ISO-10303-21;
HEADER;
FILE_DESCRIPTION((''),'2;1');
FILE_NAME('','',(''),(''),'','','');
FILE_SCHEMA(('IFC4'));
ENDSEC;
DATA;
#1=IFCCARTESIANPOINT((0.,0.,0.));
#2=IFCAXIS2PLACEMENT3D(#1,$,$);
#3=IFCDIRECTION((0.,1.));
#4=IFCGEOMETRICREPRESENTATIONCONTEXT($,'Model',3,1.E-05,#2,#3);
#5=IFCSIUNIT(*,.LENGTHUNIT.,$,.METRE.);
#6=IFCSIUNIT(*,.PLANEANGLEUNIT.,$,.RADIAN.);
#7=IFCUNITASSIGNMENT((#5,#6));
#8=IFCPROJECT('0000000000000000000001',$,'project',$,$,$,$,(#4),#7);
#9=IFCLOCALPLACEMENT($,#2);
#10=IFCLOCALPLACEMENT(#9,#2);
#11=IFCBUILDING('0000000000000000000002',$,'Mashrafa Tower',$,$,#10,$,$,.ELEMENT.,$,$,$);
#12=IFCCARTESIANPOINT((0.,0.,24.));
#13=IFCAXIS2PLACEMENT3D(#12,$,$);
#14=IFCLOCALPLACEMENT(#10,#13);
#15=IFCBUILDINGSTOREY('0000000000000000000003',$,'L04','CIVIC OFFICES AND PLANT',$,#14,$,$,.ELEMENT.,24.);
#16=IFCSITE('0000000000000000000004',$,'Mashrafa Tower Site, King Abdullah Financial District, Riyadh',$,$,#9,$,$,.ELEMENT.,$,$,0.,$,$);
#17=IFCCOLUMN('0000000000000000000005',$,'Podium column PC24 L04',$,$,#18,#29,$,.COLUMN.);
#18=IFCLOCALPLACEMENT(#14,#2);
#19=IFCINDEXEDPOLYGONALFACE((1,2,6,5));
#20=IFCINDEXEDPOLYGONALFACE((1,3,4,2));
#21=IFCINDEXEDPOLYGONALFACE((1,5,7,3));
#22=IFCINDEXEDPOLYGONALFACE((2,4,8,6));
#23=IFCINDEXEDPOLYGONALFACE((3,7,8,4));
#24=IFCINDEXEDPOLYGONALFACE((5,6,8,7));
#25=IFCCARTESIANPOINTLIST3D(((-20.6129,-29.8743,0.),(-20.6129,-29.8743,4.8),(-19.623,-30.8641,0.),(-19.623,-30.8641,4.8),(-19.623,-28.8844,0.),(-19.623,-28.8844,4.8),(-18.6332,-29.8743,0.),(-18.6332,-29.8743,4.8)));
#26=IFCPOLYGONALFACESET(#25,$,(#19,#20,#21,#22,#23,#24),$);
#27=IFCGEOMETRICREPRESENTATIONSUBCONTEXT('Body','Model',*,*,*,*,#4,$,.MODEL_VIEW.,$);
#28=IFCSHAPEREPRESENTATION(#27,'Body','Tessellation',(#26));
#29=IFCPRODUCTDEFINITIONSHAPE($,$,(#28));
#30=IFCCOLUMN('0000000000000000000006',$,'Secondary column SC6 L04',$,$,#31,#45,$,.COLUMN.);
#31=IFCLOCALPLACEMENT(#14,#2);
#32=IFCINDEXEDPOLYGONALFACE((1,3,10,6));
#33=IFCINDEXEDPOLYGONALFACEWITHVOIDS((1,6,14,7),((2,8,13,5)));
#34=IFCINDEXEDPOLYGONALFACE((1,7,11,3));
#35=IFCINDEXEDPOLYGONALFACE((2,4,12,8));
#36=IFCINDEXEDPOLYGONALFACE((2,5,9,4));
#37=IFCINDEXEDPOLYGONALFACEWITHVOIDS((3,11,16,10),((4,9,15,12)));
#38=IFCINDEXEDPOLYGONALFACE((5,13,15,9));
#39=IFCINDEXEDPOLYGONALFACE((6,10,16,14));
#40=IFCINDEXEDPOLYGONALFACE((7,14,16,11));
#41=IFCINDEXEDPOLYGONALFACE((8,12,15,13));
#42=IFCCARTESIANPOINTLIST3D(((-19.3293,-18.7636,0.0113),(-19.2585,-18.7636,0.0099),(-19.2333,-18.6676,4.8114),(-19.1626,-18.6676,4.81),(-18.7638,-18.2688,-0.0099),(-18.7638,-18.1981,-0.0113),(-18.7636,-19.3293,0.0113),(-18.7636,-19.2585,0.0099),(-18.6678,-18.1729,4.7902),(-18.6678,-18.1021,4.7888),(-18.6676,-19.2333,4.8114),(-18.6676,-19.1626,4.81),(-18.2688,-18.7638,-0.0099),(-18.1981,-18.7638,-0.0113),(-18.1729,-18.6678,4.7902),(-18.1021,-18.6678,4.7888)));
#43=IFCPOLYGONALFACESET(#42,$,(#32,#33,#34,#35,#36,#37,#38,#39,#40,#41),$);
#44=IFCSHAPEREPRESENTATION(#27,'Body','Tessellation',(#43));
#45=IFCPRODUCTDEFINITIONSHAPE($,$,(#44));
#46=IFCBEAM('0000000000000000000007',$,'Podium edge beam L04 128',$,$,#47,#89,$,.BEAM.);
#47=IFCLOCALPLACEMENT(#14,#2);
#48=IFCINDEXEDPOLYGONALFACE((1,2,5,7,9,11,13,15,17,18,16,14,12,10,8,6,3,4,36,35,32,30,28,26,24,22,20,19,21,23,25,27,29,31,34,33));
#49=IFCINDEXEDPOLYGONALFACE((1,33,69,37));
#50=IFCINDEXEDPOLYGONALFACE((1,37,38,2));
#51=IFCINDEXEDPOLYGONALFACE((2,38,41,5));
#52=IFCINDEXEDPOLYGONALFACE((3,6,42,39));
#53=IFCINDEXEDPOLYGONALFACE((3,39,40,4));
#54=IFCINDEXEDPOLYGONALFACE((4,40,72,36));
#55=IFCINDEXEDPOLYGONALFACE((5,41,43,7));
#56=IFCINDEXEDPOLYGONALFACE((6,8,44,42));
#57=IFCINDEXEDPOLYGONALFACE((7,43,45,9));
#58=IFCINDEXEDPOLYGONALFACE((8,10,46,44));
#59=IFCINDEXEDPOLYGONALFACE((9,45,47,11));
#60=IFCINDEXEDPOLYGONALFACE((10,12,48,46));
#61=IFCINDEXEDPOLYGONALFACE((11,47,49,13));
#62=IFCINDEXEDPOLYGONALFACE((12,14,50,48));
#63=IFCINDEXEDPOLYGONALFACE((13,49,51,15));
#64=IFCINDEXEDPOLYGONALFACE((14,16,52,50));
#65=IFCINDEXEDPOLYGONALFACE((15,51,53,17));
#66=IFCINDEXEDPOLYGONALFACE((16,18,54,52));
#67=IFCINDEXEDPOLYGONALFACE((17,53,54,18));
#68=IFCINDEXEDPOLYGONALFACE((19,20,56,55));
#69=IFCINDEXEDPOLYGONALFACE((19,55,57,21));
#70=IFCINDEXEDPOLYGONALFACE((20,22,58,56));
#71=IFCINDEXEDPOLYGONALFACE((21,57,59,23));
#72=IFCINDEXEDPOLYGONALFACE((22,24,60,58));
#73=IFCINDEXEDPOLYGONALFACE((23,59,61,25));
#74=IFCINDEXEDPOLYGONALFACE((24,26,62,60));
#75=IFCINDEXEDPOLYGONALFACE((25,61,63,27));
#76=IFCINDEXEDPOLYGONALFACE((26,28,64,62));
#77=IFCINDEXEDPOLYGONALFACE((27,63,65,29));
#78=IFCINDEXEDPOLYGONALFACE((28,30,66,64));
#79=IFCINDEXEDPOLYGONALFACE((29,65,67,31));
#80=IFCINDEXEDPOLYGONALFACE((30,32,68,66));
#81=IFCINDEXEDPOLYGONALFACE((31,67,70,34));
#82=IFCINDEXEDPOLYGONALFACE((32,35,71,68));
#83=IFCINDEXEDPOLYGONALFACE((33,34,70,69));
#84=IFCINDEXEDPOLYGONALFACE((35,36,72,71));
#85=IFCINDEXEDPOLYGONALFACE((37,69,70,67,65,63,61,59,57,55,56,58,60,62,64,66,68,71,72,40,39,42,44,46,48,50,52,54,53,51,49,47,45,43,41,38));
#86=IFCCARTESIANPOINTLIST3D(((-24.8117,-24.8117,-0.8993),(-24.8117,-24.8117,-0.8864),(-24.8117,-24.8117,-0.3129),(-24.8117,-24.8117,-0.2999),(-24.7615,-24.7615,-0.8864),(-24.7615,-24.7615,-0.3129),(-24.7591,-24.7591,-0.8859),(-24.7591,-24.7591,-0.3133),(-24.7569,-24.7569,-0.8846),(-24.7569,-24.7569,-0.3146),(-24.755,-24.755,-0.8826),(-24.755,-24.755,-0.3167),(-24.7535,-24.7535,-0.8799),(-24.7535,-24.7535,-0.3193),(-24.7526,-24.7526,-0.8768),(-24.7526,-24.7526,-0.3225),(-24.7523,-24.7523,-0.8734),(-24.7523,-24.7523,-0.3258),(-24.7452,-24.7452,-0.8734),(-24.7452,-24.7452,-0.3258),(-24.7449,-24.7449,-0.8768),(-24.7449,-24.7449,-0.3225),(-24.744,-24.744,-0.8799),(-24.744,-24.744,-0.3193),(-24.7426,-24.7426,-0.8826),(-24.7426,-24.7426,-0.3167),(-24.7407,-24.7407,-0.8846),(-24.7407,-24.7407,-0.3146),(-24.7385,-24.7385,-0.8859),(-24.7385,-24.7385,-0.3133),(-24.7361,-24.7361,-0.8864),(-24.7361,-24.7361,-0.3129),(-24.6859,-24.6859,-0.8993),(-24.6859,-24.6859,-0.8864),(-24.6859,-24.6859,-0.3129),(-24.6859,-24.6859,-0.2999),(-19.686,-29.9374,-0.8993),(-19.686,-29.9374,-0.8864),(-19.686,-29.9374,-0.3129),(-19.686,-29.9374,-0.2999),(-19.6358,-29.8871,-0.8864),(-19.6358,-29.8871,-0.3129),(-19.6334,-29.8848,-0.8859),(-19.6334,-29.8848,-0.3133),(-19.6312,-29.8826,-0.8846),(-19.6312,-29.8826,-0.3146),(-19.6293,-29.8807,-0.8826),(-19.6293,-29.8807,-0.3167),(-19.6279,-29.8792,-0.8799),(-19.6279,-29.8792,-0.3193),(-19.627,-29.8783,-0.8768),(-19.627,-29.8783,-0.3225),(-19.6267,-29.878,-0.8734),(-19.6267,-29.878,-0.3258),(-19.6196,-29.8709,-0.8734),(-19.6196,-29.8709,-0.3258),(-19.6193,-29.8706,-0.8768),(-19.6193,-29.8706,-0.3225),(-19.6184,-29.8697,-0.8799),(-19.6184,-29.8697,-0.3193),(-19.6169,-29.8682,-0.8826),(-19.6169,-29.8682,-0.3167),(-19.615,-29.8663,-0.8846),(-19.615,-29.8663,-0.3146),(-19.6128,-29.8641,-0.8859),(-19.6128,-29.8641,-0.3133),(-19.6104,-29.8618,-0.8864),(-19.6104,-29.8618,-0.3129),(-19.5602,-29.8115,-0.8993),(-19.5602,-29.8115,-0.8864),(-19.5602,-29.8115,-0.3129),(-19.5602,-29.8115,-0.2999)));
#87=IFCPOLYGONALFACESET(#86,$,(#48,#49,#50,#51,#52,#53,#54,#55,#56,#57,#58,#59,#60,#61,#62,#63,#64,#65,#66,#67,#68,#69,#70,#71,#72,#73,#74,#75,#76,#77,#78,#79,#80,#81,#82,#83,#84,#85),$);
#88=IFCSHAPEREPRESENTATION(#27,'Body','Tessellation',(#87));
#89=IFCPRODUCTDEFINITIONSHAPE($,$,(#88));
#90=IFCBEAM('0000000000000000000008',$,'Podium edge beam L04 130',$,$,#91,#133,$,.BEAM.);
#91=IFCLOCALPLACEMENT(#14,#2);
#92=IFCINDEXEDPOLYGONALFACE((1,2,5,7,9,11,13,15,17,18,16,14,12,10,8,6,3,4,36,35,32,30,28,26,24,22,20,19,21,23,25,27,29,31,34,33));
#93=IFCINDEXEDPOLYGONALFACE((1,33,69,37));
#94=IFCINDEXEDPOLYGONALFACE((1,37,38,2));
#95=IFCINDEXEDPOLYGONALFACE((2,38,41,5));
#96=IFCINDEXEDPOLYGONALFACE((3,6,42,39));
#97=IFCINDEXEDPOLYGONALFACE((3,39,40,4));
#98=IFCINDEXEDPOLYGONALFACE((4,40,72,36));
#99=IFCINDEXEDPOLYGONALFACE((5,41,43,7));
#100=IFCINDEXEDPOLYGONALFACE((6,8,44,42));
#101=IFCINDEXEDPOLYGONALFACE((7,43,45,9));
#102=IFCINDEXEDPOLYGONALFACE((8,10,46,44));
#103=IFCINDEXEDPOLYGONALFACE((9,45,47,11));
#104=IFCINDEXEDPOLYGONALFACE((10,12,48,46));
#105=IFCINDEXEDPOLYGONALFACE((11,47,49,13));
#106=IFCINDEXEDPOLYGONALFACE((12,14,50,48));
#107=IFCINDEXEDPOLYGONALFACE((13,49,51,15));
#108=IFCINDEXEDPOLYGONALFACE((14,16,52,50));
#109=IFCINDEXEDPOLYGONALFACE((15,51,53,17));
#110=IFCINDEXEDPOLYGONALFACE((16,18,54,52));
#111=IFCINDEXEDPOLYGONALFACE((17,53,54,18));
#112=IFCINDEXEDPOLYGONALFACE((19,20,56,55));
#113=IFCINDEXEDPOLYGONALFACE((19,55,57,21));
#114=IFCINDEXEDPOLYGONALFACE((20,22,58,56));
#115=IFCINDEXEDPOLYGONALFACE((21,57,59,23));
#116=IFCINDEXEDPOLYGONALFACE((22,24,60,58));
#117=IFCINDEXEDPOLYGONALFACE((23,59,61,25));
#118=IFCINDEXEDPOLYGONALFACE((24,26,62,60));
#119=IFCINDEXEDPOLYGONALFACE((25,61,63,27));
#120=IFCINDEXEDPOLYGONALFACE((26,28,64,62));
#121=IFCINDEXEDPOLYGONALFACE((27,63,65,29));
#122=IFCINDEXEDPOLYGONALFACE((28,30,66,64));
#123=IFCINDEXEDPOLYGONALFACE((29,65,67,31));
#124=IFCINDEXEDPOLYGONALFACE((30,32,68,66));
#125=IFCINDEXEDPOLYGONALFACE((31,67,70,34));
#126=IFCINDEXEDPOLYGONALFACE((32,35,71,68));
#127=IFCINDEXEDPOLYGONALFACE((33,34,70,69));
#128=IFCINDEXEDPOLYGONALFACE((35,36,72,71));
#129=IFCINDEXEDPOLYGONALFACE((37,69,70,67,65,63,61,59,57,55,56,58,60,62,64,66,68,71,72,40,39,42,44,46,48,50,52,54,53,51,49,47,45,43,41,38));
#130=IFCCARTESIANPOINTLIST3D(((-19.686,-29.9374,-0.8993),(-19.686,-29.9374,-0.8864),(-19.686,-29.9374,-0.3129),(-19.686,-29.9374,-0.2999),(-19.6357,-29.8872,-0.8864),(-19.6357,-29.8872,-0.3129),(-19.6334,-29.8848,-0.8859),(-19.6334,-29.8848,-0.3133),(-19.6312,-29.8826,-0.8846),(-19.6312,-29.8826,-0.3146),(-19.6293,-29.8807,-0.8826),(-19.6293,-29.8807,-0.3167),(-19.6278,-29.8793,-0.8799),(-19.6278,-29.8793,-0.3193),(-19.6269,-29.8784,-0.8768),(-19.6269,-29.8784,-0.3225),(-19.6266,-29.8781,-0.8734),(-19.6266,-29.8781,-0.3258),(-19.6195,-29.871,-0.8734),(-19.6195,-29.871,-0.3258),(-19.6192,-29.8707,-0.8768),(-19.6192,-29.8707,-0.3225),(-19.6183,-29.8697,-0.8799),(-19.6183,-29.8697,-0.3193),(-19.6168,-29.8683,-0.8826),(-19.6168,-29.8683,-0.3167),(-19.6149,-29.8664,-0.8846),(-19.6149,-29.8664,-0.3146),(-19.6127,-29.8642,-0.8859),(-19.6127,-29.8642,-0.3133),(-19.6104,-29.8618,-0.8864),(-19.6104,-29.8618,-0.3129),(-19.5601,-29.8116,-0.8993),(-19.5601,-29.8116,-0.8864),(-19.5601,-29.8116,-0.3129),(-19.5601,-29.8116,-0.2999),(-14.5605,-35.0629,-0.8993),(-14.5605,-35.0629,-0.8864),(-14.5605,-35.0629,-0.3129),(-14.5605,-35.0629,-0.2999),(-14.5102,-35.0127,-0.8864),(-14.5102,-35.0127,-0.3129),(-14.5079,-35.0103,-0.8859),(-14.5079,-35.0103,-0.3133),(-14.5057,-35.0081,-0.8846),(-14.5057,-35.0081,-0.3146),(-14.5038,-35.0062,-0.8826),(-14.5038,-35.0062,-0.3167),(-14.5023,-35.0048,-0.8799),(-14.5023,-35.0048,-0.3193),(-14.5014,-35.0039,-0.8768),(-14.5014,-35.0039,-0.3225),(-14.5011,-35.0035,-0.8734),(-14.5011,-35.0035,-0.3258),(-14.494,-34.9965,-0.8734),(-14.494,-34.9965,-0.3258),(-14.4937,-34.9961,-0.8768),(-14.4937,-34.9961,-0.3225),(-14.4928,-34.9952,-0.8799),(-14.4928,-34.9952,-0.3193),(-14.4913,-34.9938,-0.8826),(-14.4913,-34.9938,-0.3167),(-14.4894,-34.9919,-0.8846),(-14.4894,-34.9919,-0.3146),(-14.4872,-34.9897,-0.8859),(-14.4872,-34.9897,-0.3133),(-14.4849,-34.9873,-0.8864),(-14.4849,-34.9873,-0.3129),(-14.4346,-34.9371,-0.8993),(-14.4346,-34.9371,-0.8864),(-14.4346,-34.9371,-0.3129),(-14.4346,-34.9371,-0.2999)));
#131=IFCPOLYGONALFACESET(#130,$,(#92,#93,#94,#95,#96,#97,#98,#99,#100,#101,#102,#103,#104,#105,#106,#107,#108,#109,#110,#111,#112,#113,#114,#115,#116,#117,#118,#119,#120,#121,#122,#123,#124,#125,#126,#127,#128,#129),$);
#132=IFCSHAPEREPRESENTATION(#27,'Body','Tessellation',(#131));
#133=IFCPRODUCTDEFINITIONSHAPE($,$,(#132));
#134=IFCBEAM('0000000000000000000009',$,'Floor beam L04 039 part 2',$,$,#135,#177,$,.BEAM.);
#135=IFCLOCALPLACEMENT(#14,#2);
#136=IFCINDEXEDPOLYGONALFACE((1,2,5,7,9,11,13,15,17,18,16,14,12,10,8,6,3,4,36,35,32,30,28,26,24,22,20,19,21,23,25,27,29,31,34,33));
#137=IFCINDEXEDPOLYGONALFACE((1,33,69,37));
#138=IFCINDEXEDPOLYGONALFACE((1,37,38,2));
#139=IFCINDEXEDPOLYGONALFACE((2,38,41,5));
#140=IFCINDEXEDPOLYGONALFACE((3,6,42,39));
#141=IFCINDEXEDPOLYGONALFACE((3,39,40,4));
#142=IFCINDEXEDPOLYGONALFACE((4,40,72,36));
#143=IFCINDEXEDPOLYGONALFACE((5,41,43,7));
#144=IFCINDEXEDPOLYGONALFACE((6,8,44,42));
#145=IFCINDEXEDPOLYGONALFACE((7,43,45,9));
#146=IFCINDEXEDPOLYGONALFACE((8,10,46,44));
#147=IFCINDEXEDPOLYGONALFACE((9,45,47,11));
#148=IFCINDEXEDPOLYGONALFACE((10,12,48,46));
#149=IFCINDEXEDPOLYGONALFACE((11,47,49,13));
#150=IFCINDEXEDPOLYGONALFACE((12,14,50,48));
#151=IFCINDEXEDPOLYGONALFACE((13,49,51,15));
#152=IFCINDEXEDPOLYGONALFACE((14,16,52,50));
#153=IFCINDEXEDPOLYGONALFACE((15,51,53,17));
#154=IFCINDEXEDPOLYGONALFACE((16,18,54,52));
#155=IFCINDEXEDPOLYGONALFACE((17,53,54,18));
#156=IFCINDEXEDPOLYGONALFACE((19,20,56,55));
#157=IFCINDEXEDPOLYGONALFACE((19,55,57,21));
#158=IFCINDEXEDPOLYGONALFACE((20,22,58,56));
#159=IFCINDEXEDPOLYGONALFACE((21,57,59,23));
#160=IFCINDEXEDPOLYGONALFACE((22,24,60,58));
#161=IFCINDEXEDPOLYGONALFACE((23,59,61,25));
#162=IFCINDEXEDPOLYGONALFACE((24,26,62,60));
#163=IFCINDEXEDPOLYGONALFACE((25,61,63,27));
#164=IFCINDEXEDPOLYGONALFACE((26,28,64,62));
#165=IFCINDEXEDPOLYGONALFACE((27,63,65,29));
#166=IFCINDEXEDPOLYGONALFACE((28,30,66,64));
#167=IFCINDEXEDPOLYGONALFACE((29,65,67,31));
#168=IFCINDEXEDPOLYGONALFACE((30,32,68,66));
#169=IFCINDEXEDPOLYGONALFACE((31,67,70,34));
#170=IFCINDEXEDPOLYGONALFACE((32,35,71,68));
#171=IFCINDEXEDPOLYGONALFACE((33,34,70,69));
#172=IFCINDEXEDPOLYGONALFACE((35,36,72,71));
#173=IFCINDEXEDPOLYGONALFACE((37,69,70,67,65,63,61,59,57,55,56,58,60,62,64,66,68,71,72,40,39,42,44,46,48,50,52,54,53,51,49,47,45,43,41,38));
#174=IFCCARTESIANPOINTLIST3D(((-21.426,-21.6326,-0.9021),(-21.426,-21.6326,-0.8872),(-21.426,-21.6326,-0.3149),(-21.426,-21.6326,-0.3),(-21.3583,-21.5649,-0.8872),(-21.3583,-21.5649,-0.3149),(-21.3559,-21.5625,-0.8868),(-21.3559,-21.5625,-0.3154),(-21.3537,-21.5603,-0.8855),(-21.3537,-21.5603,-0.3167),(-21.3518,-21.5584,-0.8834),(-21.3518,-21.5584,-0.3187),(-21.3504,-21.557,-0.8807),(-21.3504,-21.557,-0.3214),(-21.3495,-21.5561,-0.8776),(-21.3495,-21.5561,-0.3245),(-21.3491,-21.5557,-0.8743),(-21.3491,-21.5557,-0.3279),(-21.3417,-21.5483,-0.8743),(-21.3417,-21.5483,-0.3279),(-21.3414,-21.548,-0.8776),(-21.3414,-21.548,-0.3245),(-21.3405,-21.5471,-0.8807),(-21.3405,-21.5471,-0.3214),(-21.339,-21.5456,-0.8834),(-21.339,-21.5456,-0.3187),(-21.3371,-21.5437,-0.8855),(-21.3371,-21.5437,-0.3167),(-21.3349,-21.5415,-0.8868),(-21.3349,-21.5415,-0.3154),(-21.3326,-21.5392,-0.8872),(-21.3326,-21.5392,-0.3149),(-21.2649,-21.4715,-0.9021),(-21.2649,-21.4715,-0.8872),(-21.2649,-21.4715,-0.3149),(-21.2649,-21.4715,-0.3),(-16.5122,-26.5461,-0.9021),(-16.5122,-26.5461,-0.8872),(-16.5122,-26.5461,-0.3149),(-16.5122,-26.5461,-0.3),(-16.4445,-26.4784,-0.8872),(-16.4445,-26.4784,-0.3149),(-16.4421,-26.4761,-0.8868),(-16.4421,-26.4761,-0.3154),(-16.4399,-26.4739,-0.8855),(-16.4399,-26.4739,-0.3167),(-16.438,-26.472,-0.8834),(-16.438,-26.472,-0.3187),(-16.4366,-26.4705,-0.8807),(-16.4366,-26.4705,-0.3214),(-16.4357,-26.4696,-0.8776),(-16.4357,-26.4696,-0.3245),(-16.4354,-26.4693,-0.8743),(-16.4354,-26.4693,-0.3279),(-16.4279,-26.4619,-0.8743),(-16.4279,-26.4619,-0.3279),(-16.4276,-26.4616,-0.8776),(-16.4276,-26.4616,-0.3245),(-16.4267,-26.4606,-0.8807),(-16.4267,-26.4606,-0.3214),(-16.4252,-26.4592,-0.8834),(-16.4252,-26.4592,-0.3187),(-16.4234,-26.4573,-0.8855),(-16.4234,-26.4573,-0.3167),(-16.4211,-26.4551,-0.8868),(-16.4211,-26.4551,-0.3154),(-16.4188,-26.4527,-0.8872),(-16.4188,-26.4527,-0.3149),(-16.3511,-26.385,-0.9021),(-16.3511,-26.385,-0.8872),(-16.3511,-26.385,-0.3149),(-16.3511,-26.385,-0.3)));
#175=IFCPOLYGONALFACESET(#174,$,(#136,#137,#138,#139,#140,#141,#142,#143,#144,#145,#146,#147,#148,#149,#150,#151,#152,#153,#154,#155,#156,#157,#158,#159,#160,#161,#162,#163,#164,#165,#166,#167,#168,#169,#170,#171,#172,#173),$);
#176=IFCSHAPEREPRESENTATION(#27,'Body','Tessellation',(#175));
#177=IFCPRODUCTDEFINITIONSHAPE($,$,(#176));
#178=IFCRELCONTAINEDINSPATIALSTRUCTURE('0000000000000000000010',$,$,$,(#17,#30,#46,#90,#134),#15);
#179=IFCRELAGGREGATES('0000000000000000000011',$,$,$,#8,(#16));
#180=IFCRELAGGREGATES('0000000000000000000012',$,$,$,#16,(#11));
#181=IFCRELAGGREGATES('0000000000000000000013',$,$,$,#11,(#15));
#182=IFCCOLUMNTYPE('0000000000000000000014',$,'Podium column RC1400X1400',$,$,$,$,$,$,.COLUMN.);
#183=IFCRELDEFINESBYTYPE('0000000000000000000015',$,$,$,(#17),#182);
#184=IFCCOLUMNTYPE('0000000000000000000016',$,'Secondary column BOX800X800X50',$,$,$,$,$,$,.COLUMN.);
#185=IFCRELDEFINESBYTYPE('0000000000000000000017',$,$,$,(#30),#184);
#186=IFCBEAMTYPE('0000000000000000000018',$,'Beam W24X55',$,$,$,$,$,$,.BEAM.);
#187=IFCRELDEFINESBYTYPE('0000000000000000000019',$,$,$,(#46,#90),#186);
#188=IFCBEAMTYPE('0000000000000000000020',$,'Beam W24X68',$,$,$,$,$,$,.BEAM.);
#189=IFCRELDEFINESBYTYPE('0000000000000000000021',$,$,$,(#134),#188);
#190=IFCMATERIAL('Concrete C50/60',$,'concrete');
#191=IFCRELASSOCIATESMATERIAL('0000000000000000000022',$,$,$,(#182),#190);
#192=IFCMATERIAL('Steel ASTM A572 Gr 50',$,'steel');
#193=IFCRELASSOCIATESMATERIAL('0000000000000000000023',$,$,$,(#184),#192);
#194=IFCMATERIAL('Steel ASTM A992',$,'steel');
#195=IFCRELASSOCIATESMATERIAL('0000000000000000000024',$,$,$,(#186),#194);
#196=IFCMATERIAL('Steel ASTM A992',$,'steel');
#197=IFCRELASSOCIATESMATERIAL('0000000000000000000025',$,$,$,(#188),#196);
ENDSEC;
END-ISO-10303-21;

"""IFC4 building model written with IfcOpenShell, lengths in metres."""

from ifc_helpers import new_model, si_unit, direction, frame, origin, origin_2d, place, context, subcontext, project, spatial, rectangle, hollow_rectangle, i_section, extrude, material, material_profile, profile_set, type_object, element, save


model = new_model("IFC4")

# Units and contexts
model_context = context("Model", 3, precision=1e-05, world=origin(), true_north=direction((0.0, 1.0)))
body_context = subcontext(model_context, "Body", "Model", "MODEL_VIEW")
ifc_project = project(units=[si_unit("LENGTHUNIT", "METRE"), si_unit("PLANEANGLEUNIT", "RADIAN")], contexts=[model_context])

# Site, building, storey
site_placement = place(None, origin())
site = spatial("IfcSite", under=ifc_project, at=site_placement, Name="Mashrafa Tower Site, King Abdullah Financial District, Riyadh", CompositionType="ELEMENT", RefElevation=0.0)
building_placement = place(site_placement, origin())
building = spatial("IfcBuilding", under=site, at=building_placement, Name="Mashrafa Tower", CompositionType="ELEMENT")
storey_placement = place(building_placement, frame((0.0, 0.0, 24.0)))
storey = spatial("IfcBuildingStorey", under=building, at=storey_placement, Name="L04", Description="CIVIC OFFICES AND PLANT", CompositionType="ELEMENT", Elevation=24.0)

# Columns
ifc_material_1 = material(Name="Concrete C50/60", Category="concrete")
ifc_material_profile_1 = material_profile(ifc_material_1, rectangle(XDim=1.3999, YDim=1.3999, at=origin_2d()), Name="RC1400X1400")
ifc_profile_set_1 = profile_set([ifc_material_profile_1], Name="Concrete C50/60")
column_type_1 = type_object("IfcColumnType", Name="Podium column RC1400X1400", PredefinedType="COLUMN", material=ifc_profile_set_1)
column_1_placement = place(storey_placement, frame((-19.623, -29.8743, 0.0), z_axis=(0.0, 0.0, 1.0), x_axis=(0.707107, 0.707107, 0.0)))
element("IfcColumn", 1, at=column_1_placement, inside=storey, type_object=column_type_1, Name="Podium column PC24 L04", PredefinedType="COLUMN", context=body_context, shape_type="SweptSolid", body=[
    extrude(rectangle(XDim=1.3999, YDim=1.3999, at=origin_2d()), origin(), (0.0, 0.0, 1.0), 4.8),
])
ifc_material_2 = material(Name="Steel ASTM A572 Gr 50", Category="steel")
ifc_material_profile_2 = material_profile(ifc_material_2, hollow_rectangle(XDim=0.8, YDim=0.8, WallThickness=0.05, at=origin_2d()), Name="BOX800X800X50")
ifc_profile_set_2 = profile_set([ifc_material_profile_2], Name="Steel ASTM A572 Gr 50")
column_type_2 = type_object("IfcColumnType", Name="Secondary column BOX800X800X50", PredefinedType="COLUMN", material=ifc_profile_set_2)
column_2_placement = place(storey_placement, frame((-18.7637, -18.7637, 0.0), z_axis=(0.019981, 0.019981, 0.999601), x_axis=(-0.707107, 0.707107, 0.0)))
element("IfcColumn", 2, at=column_2_placement, inside=storey, type_object=column_type_2, Name="Secondary column SC6 L04", PredefinedType="COLUMN", context=body_context, shape_type="SweptSolid", body=[
    extrude(hollow_rectangle(XDim=0.8, YDim=0.8, WallThickness=0.05, at=origin_2d()), origin(), (0.0, 0.0, 1.0), 4.802),
])

# Beams
ifc_material_3 = material(Name="Steel ASTM A992", Category="steel")
ifc_material_profile_3 = material_profile(ifc_material_3, i_section(OverallWidth=0.178, OverallDepth=0.5994, WebThickness=0.01, FlangeThickness=0.0129, FilletRadius=0.0129, at=origin_2d()), Name="W24X55")
ifc_profile_set_3 = profile_set([ifc_material_profile_3], Name="Steel ASTM A992")
beam_type_1 = type_object("IfcBeamType", Name="Beam W24X55", PredefinedType="BEAM", material=ifc_profile_set_3)
beam_1_placement = place(storey_placement, frame((-24.7488, -24.7488, -0.5996), z_axis=(0.707107, -0.707107, 0.0), x_axis=(0.707107, 0.707107, 0.0)))
element("IfcBeam", 3, at=beam_1_placement, inside=storey, type_object=beam_type_1, Name="Podium edge beam L04 128", PredefinedType="BEAM", context=body_context, shape_type="SweptSolid", body=[
    extrude(i_section(OverallWidth=0.178, OverallDepth=0.5994, WebThickness=0.01, FlangeThickness=0.0129, FilletRadius=0.0129, at=origin_2d()), origin(), (0.0, 0.0, 1.0), 7.2488),
])
beam_2_placement = place(storey_placement, frame((-19.623, -29.8745, -0.5996), z_axis=(0.707107, -0.707107, 0.0), x_axis=(0.707107, 0.707107, 0.0)))
element("IfcBeam", 4, at=beam_2_placement, inside=storey, type_object=beam_type_1, Name="Podium edge beam L04 130", PredefinedType="BEAM", context=body_context, shape_type="SweptSolid", body=[
    extrude(i_section(OverallWidth=0.178, OverallDepth=0.5994, WebThickness=0.01, FlangeThickness=0.0129, FilletRadius=0.0129, at=origin_2d()), origin(), (0.0, 0.0, 1.0), 7.2485),
])
ifc_material_4 = material(Name="Steel ASTM A992", Category="steel")
ifc_material_profile_4 = material_profile(ifc_material_4, i_section(OverallWidth=0.2278, OverallDepth=0.6021, WebThickness=0.0105, FlangeThickness=0.0149, FilletRadius=0.0129, at=origin_2d()), Name="W24X68")
ifc_profile_set_4 = profile_set([ifc_material_profile_4], Name="Steel ASTM A992")
beam_type_2 = type_object("IfcBeamType", Name="Beam W24X68", PredefinedType="BEAM", material=ifc_profile_set_4)
beam_3_placement = place(storey_placement, frame((-16.4316, -26.4656, -0.6011), z_axis=(-0.707124, 0.707089, 0.0), x_axis=(-0.707089, -0.707124, 0.0)))
element("IfcBeam", 5, at=beam_3_placement, inside=storey, type_object=beam_type_2, Name="Floor beam L04 039 part 2", PredefinedType="BEAM", context=body_context, shape_type="SweptSolid", body=[
    extrude(i_section(OverallWidth=0.2278, OverallDepth=0.6021, WebThickness=0.0105, FlangeThickness=0.0149, FilletRadius=0.0129, at=origin_2d()), origin(), (0.0, 0.0, 1.0), 6.949),
])

save(model, "model.ifc")
